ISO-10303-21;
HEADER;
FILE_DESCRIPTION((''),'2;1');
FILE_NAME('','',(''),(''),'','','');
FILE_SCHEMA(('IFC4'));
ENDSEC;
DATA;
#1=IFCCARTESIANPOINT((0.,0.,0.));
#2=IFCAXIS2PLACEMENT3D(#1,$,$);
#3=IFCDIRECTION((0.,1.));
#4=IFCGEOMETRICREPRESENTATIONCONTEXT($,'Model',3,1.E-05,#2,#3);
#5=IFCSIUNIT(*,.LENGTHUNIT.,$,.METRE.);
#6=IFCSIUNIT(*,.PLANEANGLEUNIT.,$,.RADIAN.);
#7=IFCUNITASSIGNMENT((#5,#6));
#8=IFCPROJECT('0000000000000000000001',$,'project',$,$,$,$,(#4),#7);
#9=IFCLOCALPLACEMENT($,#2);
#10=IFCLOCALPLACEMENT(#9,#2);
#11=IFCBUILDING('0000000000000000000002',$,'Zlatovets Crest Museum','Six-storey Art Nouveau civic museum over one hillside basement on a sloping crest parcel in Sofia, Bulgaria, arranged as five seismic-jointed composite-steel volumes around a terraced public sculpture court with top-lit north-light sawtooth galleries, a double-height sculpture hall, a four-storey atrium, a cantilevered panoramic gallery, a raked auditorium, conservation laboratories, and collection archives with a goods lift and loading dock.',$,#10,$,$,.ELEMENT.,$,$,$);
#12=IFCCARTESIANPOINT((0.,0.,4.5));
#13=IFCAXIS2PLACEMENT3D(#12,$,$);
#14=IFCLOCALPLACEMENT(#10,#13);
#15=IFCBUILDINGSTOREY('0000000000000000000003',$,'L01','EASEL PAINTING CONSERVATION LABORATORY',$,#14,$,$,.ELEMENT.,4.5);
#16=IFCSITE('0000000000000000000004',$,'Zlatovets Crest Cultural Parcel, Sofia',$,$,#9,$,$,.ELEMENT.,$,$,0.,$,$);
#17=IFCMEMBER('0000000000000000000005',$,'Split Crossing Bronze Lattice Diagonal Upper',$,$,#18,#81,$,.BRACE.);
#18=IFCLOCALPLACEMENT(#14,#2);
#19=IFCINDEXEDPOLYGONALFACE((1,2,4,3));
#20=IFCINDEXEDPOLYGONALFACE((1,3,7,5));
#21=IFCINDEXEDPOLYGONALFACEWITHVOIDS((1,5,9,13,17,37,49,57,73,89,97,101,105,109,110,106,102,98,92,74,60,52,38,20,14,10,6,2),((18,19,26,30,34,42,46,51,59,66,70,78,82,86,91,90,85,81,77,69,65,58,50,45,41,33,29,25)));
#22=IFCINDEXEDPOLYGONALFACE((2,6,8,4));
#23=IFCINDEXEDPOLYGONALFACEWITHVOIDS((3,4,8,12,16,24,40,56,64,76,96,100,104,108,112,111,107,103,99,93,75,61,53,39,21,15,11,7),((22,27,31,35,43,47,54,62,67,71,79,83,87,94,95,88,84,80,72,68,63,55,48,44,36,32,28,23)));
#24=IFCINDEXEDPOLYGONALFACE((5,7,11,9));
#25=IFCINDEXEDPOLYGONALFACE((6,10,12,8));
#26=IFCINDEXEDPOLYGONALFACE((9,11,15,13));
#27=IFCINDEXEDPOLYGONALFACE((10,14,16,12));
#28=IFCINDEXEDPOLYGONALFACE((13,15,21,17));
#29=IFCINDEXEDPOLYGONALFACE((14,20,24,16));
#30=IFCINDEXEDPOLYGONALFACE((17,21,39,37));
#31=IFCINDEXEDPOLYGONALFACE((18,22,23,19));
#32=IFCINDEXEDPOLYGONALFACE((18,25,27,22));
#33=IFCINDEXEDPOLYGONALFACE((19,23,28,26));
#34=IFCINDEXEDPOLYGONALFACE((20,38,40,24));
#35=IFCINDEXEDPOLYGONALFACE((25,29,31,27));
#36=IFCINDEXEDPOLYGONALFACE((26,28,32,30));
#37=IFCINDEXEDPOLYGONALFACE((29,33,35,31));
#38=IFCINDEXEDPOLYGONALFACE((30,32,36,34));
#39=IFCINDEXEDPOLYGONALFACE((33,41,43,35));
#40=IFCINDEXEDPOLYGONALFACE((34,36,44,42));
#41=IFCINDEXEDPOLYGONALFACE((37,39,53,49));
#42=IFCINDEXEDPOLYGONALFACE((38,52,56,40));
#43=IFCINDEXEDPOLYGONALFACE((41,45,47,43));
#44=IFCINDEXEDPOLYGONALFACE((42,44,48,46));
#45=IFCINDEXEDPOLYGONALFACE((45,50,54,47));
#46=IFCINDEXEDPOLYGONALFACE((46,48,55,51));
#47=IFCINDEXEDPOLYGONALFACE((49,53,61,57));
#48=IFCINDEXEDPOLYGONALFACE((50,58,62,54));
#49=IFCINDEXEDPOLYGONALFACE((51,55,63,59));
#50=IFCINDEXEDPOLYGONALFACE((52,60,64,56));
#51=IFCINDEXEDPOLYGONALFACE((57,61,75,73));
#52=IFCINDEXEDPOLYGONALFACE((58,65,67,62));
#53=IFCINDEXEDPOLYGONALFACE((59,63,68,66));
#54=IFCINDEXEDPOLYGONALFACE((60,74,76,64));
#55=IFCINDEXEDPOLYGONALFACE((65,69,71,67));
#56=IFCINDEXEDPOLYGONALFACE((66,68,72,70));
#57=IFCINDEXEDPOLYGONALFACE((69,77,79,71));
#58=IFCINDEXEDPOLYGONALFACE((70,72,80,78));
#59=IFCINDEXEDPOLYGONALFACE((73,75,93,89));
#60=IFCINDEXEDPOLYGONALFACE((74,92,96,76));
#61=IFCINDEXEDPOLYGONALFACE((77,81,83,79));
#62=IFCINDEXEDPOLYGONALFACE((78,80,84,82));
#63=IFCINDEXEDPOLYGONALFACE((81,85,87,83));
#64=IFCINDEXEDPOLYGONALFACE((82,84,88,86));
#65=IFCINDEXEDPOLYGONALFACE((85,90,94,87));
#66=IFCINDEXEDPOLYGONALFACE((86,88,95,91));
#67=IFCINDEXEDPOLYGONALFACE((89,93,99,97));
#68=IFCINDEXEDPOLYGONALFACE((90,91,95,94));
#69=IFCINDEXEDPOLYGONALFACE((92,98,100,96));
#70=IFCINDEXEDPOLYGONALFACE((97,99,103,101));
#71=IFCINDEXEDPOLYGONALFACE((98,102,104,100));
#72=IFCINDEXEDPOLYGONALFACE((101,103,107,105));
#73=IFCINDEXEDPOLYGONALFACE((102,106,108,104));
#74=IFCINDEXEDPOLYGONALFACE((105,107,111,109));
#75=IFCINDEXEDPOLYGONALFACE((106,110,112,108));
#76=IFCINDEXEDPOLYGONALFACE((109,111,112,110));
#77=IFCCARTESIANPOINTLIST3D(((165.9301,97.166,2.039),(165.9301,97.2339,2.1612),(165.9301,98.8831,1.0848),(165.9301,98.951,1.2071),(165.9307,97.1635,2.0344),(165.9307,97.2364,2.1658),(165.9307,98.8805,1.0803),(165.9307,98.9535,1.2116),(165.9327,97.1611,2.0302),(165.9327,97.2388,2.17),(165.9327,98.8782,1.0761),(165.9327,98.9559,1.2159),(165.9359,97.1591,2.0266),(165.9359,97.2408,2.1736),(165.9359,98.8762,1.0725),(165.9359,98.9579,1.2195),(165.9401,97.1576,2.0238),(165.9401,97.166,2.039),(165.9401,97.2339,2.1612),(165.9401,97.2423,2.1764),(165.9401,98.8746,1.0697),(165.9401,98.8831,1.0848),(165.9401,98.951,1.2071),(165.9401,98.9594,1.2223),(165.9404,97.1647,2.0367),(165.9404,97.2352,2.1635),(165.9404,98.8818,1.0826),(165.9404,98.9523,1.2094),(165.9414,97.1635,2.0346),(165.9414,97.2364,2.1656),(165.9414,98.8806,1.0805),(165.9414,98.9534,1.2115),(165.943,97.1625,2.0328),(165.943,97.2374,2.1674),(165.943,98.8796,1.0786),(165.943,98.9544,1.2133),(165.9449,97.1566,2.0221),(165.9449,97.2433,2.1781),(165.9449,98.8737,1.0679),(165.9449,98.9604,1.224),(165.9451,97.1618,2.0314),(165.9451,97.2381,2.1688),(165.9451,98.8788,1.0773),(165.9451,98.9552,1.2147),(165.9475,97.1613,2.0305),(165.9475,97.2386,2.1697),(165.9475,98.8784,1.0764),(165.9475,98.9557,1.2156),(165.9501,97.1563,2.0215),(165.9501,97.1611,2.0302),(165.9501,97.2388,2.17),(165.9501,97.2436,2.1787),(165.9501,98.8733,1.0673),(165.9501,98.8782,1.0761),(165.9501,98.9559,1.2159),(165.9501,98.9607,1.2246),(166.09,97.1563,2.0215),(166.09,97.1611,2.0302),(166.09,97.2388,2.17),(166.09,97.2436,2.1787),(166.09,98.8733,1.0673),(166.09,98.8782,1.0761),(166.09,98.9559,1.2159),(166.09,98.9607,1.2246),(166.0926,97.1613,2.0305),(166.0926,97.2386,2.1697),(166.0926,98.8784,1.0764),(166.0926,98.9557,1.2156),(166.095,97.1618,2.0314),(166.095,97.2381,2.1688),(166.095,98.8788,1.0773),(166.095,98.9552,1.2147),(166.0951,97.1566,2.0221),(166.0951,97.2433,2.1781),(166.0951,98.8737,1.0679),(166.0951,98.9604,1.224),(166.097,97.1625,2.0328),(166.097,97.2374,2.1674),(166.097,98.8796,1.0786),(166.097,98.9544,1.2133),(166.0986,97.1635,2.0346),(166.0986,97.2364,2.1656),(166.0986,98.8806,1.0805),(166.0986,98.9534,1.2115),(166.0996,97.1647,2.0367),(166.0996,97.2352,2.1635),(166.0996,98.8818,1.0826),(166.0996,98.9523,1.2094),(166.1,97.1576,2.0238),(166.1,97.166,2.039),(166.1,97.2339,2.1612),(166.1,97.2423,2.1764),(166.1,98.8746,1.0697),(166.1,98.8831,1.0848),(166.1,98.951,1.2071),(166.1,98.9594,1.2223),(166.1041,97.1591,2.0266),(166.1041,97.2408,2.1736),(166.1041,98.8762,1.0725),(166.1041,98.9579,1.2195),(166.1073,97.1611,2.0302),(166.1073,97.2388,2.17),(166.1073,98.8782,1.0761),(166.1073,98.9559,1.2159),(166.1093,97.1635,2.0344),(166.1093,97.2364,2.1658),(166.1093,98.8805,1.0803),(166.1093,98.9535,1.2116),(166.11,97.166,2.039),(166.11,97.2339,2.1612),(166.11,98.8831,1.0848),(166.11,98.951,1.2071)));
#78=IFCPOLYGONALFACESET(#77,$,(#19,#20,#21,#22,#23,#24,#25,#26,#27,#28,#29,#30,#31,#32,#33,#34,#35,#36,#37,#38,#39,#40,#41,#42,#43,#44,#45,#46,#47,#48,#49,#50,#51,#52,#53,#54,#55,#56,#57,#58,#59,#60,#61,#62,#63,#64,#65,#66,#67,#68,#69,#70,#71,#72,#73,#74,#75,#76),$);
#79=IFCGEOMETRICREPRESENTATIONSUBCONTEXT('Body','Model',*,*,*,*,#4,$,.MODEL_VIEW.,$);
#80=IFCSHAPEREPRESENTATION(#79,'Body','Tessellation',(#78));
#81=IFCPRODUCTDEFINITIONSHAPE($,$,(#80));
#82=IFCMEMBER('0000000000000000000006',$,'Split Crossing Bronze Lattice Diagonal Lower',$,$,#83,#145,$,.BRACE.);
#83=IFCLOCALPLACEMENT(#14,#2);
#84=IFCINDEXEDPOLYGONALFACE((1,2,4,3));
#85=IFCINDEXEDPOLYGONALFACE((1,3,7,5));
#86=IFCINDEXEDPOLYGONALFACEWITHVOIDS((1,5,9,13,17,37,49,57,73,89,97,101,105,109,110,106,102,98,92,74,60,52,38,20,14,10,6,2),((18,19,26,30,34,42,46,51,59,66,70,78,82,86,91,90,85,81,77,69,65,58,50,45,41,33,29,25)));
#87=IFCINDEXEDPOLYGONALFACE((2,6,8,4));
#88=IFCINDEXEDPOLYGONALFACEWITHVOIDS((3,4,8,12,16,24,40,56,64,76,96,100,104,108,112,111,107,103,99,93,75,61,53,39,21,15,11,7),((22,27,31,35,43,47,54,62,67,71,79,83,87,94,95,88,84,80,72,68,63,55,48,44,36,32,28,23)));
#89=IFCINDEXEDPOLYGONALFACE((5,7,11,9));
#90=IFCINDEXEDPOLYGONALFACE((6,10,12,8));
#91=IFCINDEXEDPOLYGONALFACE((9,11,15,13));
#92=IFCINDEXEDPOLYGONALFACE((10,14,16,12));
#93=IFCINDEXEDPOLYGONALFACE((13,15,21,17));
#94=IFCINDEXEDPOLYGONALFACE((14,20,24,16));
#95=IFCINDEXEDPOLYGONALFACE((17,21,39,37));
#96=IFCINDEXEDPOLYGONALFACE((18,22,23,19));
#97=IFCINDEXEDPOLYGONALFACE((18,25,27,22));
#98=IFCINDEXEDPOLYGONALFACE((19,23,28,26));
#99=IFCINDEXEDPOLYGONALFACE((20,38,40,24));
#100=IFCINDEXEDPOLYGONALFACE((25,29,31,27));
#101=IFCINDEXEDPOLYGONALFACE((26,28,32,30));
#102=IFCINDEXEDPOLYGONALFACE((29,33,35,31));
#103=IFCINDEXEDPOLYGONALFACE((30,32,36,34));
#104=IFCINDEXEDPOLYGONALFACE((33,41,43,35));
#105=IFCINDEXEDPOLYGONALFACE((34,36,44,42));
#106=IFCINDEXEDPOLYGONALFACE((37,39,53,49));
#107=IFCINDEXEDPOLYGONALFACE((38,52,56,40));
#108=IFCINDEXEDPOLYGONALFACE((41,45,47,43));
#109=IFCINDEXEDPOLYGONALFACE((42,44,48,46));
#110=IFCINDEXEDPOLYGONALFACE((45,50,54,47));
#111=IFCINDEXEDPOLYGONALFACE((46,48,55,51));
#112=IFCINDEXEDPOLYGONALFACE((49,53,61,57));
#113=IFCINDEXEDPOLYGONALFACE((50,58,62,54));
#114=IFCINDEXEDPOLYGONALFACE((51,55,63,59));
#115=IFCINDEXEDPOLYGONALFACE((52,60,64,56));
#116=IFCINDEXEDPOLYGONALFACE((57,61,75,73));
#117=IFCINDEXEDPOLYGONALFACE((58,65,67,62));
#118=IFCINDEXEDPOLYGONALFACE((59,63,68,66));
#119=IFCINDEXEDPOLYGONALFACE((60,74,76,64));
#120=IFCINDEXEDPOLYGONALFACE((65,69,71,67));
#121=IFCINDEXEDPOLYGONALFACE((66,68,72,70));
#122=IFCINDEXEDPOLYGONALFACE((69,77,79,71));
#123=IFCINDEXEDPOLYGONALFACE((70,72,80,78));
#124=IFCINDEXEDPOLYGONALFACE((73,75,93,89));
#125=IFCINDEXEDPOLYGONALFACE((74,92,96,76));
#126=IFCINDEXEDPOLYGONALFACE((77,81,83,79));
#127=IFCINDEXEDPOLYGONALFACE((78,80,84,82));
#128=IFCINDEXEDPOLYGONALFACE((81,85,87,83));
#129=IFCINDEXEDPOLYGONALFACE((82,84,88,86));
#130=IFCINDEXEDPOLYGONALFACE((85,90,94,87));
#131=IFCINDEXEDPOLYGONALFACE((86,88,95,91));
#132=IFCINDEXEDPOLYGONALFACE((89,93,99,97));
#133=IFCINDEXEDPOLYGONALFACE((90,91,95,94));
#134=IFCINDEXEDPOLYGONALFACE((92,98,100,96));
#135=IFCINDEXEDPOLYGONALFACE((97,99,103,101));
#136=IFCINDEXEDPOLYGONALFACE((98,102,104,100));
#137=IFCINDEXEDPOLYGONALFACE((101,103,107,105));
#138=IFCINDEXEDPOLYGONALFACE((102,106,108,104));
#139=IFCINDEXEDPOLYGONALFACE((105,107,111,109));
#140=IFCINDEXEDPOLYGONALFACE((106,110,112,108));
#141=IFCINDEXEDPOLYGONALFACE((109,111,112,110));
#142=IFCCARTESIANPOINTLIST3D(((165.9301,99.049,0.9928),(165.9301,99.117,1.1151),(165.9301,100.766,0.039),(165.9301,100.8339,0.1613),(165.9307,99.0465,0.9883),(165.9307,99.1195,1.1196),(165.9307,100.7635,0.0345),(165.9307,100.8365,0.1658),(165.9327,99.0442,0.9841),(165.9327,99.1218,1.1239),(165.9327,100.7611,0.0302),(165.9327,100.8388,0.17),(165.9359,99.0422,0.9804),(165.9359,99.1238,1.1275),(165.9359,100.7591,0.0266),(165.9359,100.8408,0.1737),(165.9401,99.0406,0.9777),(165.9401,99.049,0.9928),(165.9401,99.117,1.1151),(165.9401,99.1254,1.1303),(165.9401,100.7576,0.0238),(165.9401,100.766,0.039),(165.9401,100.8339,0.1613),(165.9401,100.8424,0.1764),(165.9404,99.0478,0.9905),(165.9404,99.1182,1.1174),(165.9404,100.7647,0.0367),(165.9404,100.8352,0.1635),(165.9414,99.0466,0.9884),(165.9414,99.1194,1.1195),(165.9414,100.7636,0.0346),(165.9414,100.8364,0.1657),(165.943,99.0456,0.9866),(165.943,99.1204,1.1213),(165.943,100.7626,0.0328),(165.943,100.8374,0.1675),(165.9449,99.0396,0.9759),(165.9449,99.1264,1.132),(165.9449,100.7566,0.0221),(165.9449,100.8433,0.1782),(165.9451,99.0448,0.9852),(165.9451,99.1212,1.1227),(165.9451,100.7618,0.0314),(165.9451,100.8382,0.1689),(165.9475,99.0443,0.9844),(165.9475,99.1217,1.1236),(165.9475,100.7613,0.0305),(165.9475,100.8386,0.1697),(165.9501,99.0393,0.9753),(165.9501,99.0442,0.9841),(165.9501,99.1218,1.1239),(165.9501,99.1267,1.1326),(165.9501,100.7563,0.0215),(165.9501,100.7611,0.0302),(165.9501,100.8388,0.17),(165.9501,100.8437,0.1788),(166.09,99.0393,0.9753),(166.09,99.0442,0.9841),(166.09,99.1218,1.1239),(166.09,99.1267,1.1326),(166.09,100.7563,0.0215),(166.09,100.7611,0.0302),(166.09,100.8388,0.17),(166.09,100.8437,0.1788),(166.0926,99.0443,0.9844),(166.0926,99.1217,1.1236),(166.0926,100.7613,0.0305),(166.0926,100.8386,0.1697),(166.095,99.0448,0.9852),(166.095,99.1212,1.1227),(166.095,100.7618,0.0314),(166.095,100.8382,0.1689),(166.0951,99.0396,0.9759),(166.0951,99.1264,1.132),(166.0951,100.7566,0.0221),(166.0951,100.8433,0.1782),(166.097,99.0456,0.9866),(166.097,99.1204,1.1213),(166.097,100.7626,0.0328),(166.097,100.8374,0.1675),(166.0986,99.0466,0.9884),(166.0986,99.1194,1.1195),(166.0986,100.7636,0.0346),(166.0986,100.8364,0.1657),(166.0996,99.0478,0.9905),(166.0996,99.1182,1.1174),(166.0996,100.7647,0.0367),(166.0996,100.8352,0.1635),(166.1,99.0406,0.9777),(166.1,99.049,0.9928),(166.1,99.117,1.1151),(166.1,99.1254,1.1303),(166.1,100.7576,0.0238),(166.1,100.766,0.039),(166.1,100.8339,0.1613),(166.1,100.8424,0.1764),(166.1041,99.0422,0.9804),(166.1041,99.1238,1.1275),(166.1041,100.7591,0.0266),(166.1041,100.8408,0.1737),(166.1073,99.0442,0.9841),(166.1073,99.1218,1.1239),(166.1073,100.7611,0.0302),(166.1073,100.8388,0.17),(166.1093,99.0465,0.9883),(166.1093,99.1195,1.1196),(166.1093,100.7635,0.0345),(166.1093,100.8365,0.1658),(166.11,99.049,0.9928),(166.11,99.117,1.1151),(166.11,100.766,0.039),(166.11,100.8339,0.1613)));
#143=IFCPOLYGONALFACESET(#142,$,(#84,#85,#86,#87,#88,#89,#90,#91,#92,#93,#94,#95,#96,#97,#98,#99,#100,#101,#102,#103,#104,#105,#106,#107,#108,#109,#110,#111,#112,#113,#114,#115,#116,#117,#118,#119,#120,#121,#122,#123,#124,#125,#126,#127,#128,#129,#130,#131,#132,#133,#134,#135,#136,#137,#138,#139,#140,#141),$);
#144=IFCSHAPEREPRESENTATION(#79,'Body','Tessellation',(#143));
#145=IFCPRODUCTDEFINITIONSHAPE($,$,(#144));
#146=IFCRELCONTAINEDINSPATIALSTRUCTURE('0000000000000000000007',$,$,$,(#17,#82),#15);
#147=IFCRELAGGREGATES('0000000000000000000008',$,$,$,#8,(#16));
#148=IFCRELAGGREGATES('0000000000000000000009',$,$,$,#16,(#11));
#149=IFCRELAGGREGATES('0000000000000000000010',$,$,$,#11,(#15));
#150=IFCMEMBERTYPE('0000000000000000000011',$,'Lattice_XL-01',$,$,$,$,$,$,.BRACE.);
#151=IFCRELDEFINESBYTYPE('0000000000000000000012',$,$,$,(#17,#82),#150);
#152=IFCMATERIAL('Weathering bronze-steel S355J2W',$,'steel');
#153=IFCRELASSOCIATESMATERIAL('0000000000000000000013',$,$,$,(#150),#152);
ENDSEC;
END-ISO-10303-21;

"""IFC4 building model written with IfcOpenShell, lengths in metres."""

from ifc_helpers import new_model, si_unit, direction, frame, origin, origin_2d, place, context, subcontext, project, spatial, hollow_rectangle, extrude, material, material_profile, profile_set, type_object, element, save


model = new_model("IFC4")

# Units and contexts
model_context = context("Model", 3, precision=1e-05, world=origin(), true_north=direction((0.0, 1.0)))
body_context = subcontext(model_context, "Body", "Model", "MODEL_VIEW")
ifc_project = project(units=[si_unit("LENGTHUNIT", "METRE"), si_unit("PLANEANGLEUNIT", "RADIAN")], contexts=[model_context])

# Site, building, storey
site_placement = place(None, origin())
site = spatial("IfcSite", under=ifc_project, at=site_placement, Name="Zlatovets Crest Cultural Parcel, Sofia", CompositionType="ELEMENT", RefElevation=0.0)
building_placement = place(site_placement, origin())
building = spatial("IfcBuilding", under=site, at=building_placement, Name="Zlatovets Crest Museum", Description="Six-storey Art Nouveau civic museum over one hillside basement on a sloping crest parcel in Sofia, Bulgaria, arranged as five seismic-jointed composite-steel volumes around a terraced public sculpture court with top-lit north-light sawtooth galleries, a double-height sculpture hall, a four-storey atrium, a cantilevered panoramic gallery, a raked auditorium, conservation laboratories, and collection archives with a goods lift and loading dock.", CompositionType="ELEMENT")
storey_placement = place(building_placement, frame((0.0, 0.0, 4.5)))
storey = spatial("IfcBuildingStorey", under=building, at=storey_placement, Name="L01", Description="EASEL PAINTING CONSERVATION LABORATORY", CompositionType="ELEMENT", Elevation=4.5)

# Members
ifc_material_1 = material(Name="Weathering bronze-steel S355J2W", Category="steel")
ifc_material_profile_1 = material_profile(ifc_material_1, hollow_rectangle(XDim=0.1799, YDim=0.1799, WallThickness=0.01, InnerFilletRadius=0.01, OuterFilletRadius=0.02, at=origin_2d()), Name="SHS 180x180x10.0")
ifc_profile_set_1 = profile_set([ifc_material_profile_1], Name="Weathering bronze-steel S355J2W")
member_type_1 = type_object("IfcMemberType", Name="Lattice_XL-01", PredefinedType="BRACE", material=ifc_profile_set_1)
member_1_placement = place(storey_placement, frame((166.02, 97.2, 2.1001), z_axis=(0.0, 0.874116, -0.485717), x_axis=(-1.0, 0.0, 0.0)))
element("IfcMember", 1, at=member_1_placement, inside=storey, type_object=member_type_1, Name="Split Crossing Bronze Lattice Diagonal Upper", PredefinedType="BRACE", context=body_context, shape_type="SweptSolid", body=[
    extrude(hollow_rectangle(XDim=0.1799, YDim=0.1799, WallThickness=0.01, InnerFilletRadius=0.01, OuterFilletRadius=0.02, at=origin_2d()), origin(), (0.0, 0.0, 1.0), 1.9644),
])
for number, where, z_axis, x_axis, name in (
    (2, (166.02, 99.083, 1.054), (0.0, 0.874169, -0.485622), (-1.0, 0.0, 0.0), "Split Crossing Bronze Lattice Diagonal Lower"),
):
    element("IfcMember", number, at=place(storey_placement, frame(where, z_axis=z_axis, x_axis=x_axis)), inside=storey, type_object=member_type_1, Name=name, PredefinedType="BRACE", context=body_context, shape_type="SweptSolid", body=[
        extrude(hollow_rectangle(XDim=0.1799, YDim=0.1799, WallThickness=0.01, InnerFilletRadius=0.01, OuterFilletRadius=0.02, at=origin_2d()), origin(), (0.0, 0.0, 1.0), 1.9641),
    ])

save(model, "model.ifc")
